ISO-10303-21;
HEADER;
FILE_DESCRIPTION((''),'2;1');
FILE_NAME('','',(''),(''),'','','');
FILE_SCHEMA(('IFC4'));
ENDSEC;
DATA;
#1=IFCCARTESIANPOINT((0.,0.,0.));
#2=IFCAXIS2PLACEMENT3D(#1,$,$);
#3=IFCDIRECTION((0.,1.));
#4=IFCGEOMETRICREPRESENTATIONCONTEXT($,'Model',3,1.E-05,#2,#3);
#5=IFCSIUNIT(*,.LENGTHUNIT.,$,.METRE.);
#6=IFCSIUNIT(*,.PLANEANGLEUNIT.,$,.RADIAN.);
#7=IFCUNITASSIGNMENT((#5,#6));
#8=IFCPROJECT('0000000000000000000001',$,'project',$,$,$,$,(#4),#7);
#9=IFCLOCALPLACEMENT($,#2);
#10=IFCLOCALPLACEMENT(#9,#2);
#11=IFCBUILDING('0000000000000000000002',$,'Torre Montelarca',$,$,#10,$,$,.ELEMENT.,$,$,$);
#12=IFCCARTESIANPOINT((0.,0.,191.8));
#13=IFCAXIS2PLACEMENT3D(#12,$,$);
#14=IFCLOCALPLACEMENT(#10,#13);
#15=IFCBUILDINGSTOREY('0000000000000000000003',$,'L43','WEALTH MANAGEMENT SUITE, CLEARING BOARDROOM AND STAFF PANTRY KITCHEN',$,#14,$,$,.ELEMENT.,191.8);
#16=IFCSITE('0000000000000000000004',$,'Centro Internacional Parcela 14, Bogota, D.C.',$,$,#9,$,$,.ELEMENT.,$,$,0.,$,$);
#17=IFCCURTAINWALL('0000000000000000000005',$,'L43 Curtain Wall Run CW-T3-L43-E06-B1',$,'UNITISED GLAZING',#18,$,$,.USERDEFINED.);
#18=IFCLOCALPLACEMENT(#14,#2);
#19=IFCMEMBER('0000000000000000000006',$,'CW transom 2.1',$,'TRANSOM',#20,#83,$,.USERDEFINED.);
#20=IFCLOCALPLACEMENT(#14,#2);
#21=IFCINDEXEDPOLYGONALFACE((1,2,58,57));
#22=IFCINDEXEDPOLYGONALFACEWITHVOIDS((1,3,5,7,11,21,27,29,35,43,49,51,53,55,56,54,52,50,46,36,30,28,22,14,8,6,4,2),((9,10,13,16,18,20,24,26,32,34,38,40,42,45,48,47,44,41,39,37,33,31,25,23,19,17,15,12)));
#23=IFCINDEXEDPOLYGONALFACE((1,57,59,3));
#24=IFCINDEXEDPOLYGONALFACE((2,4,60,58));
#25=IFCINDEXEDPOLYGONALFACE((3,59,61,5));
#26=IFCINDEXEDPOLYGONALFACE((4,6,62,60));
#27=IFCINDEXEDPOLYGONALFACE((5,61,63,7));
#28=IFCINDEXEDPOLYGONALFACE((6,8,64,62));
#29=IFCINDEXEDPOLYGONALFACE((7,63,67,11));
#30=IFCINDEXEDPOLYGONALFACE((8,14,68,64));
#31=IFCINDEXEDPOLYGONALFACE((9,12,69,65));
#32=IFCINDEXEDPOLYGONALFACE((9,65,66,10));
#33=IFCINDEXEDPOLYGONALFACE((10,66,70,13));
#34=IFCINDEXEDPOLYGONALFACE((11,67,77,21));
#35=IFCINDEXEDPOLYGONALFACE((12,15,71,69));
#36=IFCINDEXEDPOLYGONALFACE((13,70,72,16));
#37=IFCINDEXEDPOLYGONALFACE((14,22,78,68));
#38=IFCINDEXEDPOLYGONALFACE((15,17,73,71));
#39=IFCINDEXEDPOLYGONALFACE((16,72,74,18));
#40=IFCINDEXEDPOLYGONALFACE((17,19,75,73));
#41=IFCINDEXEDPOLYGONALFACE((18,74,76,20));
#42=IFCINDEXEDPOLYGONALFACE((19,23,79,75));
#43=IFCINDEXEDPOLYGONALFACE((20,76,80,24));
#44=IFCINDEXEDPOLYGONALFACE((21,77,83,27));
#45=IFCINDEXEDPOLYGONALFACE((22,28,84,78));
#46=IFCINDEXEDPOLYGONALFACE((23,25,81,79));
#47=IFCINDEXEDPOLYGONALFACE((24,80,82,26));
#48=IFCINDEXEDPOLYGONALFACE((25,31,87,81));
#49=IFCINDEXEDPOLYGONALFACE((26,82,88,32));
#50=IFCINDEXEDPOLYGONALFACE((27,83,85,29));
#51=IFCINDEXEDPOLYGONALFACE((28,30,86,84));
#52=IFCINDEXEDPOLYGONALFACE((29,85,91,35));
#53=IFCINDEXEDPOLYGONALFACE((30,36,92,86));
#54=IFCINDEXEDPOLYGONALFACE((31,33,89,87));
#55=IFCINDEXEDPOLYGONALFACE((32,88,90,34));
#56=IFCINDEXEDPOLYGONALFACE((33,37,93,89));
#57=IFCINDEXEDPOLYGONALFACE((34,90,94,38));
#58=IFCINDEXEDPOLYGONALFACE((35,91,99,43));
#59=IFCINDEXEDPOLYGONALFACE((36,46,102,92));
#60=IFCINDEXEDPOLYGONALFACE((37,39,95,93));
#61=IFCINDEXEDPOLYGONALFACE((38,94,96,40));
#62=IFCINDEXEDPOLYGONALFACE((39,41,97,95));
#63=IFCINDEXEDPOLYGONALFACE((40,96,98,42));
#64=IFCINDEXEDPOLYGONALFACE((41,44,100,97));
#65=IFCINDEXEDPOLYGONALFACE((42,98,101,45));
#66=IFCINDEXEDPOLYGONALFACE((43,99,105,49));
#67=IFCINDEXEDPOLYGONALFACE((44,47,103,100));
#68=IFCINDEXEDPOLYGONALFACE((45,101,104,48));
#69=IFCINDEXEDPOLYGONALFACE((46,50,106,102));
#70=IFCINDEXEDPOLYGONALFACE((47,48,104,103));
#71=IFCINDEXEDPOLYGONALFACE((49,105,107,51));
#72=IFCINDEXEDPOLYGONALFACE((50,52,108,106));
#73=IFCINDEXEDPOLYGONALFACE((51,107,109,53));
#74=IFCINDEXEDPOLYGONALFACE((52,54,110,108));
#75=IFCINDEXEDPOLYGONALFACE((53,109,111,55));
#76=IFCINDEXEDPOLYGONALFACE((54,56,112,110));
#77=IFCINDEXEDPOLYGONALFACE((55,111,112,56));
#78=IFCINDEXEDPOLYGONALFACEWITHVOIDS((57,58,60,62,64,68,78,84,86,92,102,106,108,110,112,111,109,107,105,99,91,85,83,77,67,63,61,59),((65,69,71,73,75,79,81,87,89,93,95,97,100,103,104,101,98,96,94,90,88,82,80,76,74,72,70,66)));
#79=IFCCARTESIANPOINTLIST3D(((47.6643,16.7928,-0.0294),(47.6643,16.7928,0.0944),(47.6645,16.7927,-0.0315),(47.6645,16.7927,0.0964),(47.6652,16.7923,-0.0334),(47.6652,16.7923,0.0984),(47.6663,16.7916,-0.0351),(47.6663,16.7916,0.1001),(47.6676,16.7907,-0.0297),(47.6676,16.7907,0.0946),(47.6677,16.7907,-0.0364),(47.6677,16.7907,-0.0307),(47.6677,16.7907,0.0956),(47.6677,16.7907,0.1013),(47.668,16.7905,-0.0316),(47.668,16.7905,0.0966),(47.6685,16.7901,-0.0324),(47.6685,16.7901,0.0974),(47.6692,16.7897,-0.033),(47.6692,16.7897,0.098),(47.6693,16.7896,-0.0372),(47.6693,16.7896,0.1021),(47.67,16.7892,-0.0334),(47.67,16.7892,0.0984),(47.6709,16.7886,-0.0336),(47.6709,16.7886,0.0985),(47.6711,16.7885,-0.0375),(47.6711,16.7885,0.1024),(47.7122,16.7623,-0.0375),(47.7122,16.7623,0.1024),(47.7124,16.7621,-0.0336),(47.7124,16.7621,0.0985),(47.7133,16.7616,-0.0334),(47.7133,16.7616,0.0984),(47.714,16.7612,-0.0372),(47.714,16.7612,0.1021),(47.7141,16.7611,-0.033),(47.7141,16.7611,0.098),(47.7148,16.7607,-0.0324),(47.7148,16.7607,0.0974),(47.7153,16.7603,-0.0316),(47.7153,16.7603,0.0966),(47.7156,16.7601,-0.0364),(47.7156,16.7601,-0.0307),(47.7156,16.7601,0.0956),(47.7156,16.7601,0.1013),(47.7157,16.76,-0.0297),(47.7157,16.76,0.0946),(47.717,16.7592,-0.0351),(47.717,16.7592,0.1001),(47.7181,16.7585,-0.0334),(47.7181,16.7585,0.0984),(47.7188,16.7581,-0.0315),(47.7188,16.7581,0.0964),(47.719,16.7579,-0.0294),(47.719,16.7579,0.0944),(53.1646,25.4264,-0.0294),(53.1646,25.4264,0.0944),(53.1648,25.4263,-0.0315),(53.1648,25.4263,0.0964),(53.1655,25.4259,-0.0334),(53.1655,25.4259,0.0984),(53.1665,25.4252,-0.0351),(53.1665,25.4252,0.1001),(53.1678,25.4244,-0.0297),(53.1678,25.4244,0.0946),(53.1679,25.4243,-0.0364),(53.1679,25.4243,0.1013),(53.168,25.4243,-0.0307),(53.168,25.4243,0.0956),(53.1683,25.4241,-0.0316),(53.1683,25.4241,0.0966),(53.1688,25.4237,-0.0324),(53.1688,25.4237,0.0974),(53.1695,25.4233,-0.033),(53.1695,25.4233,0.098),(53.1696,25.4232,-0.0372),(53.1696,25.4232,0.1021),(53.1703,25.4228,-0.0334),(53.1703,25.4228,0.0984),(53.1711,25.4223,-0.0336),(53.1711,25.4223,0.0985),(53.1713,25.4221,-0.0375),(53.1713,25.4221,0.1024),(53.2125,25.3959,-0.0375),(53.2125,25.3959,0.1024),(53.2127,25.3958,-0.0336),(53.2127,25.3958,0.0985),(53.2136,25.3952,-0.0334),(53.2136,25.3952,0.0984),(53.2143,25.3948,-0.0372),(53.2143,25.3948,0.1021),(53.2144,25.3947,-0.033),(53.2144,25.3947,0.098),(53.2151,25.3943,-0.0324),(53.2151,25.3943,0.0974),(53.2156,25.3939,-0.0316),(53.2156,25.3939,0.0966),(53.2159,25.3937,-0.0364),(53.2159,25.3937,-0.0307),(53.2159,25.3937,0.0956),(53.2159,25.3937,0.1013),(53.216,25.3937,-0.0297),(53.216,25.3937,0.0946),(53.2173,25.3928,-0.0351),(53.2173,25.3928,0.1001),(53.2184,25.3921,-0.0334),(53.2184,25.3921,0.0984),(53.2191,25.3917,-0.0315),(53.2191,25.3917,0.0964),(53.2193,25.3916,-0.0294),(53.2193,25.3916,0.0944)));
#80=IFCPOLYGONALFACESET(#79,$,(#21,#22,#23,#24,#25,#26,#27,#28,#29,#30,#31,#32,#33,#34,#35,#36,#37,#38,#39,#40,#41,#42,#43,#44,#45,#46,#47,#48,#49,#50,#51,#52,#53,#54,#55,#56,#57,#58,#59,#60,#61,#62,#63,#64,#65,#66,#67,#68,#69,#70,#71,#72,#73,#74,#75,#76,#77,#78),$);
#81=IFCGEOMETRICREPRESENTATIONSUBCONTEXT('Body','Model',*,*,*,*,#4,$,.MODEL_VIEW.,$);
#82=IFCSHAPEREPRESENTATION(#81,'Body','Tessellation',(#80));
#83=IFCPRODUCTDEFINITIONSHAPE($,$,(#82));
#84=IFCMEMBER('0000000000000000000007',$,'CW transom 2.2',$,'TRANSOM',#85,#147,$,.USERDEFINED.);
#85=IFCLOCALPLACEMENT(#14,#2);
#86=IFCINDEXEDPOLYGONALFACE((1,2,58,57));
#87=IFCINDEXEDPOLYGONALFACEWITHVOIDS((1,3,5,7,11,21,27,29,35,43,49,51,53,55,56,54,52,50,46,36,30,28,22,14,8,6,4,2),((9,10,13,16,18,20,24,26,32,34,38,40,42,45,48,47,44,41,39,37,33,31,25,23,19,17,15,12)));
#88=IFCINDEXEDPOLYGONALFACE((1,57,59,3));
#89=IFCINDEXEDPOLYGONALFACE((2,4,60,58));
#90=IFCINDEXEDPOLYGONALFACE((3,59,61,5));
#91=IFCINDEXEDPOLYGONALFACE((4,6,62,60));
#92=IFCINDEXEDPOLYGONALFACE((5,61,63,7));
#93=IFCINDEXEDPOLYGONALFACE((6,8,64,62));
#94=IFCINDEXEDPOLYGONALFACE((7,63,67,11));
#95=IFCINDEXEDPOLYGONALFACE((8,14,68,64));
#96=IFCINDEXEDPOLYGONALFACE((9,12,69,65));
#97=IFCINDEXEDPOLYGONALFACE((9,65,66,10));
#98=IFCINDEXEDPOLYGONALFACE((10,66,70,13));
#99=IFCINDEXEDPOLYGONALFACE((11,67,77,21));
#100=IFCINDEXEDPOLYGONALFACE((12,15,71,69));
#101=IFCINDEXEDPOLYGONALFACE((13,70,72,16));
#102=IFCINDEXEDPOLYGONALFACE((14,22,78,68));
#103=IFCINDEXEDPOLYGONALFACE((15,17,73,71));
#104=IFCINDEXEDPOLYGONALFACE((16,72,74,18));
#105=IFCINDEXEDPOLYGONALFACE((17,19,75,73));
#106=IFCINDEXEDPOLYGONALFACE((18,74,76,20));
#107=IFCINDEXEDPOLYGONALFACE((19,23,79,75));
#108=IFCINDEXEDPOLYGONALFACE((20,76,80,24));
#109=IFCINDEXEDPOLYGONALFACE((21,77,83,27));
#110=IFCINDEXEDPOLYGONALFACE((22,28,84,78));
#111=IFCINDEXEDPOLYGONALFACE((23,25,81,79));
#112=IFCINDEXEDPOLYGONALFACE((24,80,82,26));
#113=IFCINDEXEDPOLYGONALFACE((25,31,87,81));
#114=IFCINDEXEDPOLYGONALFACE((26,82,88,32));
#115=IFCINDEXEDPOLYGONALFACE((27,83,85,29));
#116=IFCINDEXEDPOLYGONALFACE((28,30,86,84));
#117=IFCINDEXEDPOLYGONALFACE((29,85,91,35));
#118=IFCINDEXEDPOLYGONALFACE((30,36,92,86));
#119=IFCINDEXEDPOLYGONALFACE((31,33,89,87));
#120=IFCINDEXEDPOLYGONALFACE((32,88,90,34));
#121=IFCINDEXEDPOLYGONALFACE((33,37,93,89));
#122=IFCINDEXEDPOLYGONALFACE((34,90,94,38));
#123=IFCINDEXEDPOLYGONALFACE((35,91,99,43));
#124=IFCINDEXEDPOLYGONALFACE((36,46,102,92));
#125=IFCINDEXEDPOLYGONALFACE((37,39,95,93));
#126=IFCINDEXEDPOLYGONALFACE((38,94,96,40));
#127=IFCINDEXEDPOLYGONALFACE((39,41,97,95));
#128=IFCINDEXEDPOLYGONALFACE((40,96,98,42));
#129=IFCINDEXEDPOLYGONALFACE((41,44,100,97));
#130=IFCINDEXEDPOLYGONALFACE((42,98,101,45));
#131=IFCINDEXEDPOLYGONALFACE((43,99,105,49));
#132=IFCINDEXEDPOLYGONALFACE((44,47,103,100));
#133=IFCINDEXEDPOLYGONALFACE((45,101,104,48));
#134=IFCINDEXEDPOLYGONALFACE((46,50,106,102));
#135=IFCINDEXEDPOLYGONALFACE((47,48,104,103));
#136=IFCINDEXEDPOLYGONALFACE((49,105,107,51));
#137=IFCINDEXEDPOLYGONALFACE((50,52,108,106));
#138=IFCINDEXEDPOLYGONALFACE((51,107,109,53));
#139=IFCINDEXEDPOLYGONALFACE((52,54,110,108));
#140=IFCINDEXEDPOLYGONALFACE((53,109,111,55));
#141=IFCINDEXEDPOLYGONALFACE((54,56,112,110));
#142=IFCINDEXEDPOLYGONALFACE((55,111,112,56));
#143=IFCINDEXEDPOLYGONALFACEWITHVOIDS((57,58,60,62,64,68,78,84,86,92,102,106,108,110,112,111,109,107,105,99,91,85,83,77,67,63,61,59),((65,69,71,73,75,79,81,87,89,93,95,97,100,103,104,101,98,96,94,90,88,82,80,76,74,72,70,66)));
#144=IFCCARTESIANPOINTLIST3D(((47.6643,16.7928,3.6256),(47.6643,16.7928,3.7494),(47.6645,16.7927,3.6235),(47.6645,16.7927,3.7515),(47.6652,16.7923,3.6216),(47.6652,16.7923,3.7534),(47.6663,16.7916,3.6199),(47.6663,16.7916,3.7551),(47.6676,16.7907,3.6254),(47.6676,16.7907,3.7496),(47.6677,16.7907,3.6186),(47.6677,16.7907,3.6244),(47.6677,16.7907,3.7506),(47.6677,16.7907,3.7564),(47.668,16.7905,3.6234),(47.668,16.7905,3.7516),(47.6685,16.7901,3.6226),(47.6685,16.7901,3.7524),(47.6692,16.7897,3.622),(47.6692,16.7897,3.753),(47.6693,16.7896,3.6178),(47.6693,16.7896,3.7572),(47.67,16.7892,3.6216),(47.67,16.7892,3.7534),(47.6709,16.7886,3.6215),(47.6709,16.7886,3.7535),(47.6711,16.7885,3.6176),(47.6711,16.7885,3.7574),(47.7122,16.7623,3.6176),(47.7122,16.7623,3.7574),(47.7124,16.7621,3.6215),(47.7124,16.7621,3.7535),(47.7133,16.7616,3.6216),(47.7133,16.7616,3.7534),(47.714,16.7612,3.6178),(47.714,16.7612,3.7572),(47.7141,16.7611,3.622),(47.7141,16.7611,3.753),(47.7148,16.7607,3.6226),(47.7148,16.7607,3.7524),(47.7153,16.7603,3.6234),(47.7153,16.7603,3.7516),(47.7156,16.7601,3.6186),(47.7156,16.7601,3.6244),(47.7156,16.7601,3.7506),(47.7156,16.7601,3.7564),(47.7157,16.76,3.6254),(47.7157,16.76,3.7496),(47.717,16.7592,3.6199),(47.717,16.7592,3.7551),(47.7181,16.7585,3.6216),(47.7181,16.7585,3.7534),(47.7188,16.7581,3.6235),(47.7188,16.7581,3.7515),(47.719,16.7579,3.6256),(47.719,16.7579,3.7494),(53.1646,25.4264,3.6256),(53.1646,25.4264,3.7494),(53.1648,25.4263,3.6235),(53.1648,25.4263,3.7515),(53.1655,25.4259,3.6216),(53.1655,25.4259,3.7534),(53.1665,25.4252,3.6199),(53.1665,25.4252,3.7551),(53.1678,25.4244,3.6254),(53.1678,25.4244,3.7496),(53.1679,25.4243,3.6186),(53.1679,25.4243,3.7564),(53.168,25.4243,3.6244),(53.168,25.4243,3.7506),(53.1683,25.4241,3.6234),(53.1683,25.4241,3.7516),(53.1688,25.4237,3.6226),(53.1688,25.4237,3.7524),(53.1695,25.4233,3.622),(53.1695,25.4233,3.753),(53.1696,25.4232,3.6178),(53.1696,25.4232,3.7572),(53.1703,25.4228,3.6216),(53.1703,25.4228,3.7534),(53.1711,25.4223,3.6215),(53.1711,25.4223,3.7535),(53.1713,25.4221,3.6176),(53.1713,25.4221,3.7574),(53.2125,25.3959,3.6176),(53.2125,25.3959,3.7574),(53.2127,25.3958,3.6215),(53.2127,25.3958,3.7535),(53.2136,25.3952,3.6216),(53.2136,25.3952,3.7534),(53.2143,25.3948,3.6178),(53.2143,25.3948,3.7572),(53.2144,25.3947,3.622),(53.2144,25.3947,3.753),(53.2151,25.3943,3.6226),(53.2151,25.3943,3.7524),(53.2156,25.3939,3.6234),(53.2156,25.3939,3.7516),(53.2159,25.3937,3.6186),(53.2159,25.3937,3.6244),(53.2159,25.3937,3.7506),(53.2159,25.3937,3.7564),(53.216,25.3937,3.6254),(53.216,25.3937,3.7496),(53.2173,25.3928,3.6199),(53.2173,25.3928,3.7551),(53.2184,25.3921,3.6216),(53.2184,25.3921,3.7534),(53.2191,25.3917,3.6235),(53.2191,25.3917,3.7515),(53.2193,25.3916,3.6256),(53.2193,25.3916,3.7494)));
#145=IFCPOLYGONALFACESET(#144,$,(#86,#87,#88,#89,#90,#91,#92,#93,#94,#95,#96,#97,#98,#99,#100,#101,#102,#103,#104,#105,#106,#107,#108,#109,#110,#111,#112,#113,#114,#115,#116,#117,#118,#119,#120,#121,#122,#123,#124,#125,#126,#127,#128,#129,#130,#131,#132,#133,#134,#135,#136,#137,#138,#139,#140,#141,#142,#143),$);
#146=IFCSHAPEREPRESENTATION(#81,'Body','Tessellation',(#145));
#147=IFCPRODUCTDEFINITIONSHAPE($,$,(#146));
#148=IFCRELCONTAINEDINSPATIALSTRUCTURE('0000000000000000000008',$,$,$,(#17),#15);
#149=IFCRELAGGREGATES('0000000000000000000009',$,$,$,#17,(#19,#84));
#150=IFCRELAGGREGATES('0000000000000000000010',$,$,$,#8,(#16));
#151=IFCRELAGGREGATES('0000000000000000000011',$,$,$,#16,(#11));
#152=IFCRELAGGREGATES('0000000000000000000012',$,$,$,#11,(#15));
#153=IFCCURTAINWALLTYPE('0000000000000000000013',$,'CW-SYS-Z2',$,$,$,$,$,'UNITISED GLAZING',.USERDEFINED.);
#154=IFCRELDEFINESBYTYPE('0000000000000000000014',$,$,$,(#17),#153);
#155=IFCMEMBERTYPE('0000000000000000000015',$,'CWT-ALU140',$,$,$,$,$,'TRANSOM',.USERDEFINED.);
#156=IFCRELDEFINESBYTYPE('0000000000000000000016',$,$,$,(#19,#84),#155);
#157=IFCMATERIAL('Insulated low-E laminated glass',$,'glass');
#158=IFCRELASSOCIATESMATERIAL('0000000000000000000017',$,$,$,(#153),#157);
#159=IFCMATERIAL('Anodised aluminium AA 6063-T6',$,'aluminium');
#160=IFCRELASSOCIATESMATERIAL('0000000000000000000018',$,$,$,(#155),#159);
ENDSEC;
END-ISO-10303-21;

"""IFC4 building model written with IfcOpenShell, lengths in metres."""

from ifc_helpers import new_model, si_unit, direction, frame, origin, origin_2d, place, context, subcontext, project, spatial, hollow_rectangle, extrude, source, transform, mapped, material, material_profile, profile_set, type_object, element, aggregate, save


model = new_model("IFC4")

# Units and contexts
model_context = context("Model", 3, precision=1e-05, world=origin(), true_north=direction((0.0, 1.0)))
body_context = subcontext(model_context, "Body", "Model", "MODEL_VIEW")
ifc_project = project(units=[si_unit("LENGTHUNIT", "METRE"), si_unit("PLANEANGLEUNIT", "RADIAN")], contexts=[model_context])

# Site, building, storey
site_placement = place(None, origin())
site = spatial("IfcSite", under=ifc_project, at=site_placement, Name="Centro Internacional Parcela 14, Bogota, D.C.", CompositionType="ELEMENT", RefElevation=0.0)
building_placement = place(site_placement, origin())
building = spatial("IfcBuilding", under=site, at=building_placement, Name="Torre Montelarca", CompositionType="ELEMENT")
storey_placement = place(building_placement, frame((0.0, 0.0, 191.8)))
storey = spatial("IfcBuildingStorey", under=building, at=storey_placement, Name="L43", Description="WEALTH MANAGEMENT SUITE, CLEARING BOARDROOM AND STAFF PANTRY KITCHEN", CompositionType="ELEMENT", Elevation=191.8)

# Shared definitions
ifc_material_1 = material(Name="Insulated low-E laminated glass", Category="glass")
curtain_wall_type = type_object("IfcCurtainWallType", Name="CW-SYS-Z2", ElementType="UNITISED GLAZING", PredefinedType="USERDEFINED", material=ifc_material_1)
ifc_material_2 = material(Name="Anodised aluminium AA 6063-T6", Category="aluminium")
ifc_material_profile_1 = material_profile(ifc_material_2, hollow_rectangle(XDim=0.0649, YDim=0.1399, WallThickness=0.0039, InnerFilletRadius=0.0039, OuterFilletRadius=0.0081, at=origin_2d()), Name="ALU65X140X4", Category="aluminium")
ifc_profile_set_1 = profile_set([ifc_material_profile_1], Name="Anodised aluminium AA 6063-T6")
member_type_1 = type_object("IfcMemberType", Name="CWT-ALU140", ElementType="TRANSOM", PredefinedType="USERDEFINED", material=ifc_profile_set_1)

# Curtain wall, members
curtain_wall_1_placement = place(storey_placement, origin())
curtain_wall_1 = element("IfcCurtainWall", 1, at=curtain_wall_1_placement, inside=storey, type_object=curtain_wall_type, Name="L43 Curtain Wall Run CW-T3-L43-E06-B1", ObjectType="UNITISED GLAZING", PredefinedType="USERDEFINED")
shared_shape_1 = source(origin(), body_context, "Body", "SweptSolid", [
    extrude(hollow_rectangle(XDim=0.0649, YDim=0.1399, WallThickness=0.0039, InnerFilletRadius=0.0039, OuterFilletRadius=0.0081, at=origin_2d()), origin(), (0.0, 0.0, 1.0), 10.2368),
])
member_1_placement = place(storey_placement, frame((47.6917, 16.7754, 0.0325), z_axis=(0.537304, 0.843388, 0.0), x_axis=(-0.843388, 0.537304, 0.0)))
member_1 = element("IfcMember", 2, at=member_1_placement, type_object=member_type_1, Name="CW transom 2.1", ObjectType="TRANSOM", PredefinedType="USERDEFINED", context=body_context, shape_type="MappedRepresentation", body=[
    mapped(shared_shape_1, transform((0.0, 0.0, 0.0), scale=1.0)),
])
member_2_placement = place(storey_placement, frame((47.6917, 16.7754, 3.6875), z_axis=(0.537304, 0.843388, 0.0), x_axis=(-0.843388, 0.537304, 0.0)))
member_2 = element("IfcMember", 3, at=member_2_placement, type_object=member_type_1, Name="CW transom 2.2", ObjectType="TRANSOM", PredefinedType="USERDEFINED", context=body_context, shape_type="MappedRepresentation", body=[
    mapped(shared_shape_1, transform((0.0, 0.0, 0.0), scale=1.0)),
])

aggregate(curtain_wall_1, [member_1, member_2])

save(model, "model.ifc")
